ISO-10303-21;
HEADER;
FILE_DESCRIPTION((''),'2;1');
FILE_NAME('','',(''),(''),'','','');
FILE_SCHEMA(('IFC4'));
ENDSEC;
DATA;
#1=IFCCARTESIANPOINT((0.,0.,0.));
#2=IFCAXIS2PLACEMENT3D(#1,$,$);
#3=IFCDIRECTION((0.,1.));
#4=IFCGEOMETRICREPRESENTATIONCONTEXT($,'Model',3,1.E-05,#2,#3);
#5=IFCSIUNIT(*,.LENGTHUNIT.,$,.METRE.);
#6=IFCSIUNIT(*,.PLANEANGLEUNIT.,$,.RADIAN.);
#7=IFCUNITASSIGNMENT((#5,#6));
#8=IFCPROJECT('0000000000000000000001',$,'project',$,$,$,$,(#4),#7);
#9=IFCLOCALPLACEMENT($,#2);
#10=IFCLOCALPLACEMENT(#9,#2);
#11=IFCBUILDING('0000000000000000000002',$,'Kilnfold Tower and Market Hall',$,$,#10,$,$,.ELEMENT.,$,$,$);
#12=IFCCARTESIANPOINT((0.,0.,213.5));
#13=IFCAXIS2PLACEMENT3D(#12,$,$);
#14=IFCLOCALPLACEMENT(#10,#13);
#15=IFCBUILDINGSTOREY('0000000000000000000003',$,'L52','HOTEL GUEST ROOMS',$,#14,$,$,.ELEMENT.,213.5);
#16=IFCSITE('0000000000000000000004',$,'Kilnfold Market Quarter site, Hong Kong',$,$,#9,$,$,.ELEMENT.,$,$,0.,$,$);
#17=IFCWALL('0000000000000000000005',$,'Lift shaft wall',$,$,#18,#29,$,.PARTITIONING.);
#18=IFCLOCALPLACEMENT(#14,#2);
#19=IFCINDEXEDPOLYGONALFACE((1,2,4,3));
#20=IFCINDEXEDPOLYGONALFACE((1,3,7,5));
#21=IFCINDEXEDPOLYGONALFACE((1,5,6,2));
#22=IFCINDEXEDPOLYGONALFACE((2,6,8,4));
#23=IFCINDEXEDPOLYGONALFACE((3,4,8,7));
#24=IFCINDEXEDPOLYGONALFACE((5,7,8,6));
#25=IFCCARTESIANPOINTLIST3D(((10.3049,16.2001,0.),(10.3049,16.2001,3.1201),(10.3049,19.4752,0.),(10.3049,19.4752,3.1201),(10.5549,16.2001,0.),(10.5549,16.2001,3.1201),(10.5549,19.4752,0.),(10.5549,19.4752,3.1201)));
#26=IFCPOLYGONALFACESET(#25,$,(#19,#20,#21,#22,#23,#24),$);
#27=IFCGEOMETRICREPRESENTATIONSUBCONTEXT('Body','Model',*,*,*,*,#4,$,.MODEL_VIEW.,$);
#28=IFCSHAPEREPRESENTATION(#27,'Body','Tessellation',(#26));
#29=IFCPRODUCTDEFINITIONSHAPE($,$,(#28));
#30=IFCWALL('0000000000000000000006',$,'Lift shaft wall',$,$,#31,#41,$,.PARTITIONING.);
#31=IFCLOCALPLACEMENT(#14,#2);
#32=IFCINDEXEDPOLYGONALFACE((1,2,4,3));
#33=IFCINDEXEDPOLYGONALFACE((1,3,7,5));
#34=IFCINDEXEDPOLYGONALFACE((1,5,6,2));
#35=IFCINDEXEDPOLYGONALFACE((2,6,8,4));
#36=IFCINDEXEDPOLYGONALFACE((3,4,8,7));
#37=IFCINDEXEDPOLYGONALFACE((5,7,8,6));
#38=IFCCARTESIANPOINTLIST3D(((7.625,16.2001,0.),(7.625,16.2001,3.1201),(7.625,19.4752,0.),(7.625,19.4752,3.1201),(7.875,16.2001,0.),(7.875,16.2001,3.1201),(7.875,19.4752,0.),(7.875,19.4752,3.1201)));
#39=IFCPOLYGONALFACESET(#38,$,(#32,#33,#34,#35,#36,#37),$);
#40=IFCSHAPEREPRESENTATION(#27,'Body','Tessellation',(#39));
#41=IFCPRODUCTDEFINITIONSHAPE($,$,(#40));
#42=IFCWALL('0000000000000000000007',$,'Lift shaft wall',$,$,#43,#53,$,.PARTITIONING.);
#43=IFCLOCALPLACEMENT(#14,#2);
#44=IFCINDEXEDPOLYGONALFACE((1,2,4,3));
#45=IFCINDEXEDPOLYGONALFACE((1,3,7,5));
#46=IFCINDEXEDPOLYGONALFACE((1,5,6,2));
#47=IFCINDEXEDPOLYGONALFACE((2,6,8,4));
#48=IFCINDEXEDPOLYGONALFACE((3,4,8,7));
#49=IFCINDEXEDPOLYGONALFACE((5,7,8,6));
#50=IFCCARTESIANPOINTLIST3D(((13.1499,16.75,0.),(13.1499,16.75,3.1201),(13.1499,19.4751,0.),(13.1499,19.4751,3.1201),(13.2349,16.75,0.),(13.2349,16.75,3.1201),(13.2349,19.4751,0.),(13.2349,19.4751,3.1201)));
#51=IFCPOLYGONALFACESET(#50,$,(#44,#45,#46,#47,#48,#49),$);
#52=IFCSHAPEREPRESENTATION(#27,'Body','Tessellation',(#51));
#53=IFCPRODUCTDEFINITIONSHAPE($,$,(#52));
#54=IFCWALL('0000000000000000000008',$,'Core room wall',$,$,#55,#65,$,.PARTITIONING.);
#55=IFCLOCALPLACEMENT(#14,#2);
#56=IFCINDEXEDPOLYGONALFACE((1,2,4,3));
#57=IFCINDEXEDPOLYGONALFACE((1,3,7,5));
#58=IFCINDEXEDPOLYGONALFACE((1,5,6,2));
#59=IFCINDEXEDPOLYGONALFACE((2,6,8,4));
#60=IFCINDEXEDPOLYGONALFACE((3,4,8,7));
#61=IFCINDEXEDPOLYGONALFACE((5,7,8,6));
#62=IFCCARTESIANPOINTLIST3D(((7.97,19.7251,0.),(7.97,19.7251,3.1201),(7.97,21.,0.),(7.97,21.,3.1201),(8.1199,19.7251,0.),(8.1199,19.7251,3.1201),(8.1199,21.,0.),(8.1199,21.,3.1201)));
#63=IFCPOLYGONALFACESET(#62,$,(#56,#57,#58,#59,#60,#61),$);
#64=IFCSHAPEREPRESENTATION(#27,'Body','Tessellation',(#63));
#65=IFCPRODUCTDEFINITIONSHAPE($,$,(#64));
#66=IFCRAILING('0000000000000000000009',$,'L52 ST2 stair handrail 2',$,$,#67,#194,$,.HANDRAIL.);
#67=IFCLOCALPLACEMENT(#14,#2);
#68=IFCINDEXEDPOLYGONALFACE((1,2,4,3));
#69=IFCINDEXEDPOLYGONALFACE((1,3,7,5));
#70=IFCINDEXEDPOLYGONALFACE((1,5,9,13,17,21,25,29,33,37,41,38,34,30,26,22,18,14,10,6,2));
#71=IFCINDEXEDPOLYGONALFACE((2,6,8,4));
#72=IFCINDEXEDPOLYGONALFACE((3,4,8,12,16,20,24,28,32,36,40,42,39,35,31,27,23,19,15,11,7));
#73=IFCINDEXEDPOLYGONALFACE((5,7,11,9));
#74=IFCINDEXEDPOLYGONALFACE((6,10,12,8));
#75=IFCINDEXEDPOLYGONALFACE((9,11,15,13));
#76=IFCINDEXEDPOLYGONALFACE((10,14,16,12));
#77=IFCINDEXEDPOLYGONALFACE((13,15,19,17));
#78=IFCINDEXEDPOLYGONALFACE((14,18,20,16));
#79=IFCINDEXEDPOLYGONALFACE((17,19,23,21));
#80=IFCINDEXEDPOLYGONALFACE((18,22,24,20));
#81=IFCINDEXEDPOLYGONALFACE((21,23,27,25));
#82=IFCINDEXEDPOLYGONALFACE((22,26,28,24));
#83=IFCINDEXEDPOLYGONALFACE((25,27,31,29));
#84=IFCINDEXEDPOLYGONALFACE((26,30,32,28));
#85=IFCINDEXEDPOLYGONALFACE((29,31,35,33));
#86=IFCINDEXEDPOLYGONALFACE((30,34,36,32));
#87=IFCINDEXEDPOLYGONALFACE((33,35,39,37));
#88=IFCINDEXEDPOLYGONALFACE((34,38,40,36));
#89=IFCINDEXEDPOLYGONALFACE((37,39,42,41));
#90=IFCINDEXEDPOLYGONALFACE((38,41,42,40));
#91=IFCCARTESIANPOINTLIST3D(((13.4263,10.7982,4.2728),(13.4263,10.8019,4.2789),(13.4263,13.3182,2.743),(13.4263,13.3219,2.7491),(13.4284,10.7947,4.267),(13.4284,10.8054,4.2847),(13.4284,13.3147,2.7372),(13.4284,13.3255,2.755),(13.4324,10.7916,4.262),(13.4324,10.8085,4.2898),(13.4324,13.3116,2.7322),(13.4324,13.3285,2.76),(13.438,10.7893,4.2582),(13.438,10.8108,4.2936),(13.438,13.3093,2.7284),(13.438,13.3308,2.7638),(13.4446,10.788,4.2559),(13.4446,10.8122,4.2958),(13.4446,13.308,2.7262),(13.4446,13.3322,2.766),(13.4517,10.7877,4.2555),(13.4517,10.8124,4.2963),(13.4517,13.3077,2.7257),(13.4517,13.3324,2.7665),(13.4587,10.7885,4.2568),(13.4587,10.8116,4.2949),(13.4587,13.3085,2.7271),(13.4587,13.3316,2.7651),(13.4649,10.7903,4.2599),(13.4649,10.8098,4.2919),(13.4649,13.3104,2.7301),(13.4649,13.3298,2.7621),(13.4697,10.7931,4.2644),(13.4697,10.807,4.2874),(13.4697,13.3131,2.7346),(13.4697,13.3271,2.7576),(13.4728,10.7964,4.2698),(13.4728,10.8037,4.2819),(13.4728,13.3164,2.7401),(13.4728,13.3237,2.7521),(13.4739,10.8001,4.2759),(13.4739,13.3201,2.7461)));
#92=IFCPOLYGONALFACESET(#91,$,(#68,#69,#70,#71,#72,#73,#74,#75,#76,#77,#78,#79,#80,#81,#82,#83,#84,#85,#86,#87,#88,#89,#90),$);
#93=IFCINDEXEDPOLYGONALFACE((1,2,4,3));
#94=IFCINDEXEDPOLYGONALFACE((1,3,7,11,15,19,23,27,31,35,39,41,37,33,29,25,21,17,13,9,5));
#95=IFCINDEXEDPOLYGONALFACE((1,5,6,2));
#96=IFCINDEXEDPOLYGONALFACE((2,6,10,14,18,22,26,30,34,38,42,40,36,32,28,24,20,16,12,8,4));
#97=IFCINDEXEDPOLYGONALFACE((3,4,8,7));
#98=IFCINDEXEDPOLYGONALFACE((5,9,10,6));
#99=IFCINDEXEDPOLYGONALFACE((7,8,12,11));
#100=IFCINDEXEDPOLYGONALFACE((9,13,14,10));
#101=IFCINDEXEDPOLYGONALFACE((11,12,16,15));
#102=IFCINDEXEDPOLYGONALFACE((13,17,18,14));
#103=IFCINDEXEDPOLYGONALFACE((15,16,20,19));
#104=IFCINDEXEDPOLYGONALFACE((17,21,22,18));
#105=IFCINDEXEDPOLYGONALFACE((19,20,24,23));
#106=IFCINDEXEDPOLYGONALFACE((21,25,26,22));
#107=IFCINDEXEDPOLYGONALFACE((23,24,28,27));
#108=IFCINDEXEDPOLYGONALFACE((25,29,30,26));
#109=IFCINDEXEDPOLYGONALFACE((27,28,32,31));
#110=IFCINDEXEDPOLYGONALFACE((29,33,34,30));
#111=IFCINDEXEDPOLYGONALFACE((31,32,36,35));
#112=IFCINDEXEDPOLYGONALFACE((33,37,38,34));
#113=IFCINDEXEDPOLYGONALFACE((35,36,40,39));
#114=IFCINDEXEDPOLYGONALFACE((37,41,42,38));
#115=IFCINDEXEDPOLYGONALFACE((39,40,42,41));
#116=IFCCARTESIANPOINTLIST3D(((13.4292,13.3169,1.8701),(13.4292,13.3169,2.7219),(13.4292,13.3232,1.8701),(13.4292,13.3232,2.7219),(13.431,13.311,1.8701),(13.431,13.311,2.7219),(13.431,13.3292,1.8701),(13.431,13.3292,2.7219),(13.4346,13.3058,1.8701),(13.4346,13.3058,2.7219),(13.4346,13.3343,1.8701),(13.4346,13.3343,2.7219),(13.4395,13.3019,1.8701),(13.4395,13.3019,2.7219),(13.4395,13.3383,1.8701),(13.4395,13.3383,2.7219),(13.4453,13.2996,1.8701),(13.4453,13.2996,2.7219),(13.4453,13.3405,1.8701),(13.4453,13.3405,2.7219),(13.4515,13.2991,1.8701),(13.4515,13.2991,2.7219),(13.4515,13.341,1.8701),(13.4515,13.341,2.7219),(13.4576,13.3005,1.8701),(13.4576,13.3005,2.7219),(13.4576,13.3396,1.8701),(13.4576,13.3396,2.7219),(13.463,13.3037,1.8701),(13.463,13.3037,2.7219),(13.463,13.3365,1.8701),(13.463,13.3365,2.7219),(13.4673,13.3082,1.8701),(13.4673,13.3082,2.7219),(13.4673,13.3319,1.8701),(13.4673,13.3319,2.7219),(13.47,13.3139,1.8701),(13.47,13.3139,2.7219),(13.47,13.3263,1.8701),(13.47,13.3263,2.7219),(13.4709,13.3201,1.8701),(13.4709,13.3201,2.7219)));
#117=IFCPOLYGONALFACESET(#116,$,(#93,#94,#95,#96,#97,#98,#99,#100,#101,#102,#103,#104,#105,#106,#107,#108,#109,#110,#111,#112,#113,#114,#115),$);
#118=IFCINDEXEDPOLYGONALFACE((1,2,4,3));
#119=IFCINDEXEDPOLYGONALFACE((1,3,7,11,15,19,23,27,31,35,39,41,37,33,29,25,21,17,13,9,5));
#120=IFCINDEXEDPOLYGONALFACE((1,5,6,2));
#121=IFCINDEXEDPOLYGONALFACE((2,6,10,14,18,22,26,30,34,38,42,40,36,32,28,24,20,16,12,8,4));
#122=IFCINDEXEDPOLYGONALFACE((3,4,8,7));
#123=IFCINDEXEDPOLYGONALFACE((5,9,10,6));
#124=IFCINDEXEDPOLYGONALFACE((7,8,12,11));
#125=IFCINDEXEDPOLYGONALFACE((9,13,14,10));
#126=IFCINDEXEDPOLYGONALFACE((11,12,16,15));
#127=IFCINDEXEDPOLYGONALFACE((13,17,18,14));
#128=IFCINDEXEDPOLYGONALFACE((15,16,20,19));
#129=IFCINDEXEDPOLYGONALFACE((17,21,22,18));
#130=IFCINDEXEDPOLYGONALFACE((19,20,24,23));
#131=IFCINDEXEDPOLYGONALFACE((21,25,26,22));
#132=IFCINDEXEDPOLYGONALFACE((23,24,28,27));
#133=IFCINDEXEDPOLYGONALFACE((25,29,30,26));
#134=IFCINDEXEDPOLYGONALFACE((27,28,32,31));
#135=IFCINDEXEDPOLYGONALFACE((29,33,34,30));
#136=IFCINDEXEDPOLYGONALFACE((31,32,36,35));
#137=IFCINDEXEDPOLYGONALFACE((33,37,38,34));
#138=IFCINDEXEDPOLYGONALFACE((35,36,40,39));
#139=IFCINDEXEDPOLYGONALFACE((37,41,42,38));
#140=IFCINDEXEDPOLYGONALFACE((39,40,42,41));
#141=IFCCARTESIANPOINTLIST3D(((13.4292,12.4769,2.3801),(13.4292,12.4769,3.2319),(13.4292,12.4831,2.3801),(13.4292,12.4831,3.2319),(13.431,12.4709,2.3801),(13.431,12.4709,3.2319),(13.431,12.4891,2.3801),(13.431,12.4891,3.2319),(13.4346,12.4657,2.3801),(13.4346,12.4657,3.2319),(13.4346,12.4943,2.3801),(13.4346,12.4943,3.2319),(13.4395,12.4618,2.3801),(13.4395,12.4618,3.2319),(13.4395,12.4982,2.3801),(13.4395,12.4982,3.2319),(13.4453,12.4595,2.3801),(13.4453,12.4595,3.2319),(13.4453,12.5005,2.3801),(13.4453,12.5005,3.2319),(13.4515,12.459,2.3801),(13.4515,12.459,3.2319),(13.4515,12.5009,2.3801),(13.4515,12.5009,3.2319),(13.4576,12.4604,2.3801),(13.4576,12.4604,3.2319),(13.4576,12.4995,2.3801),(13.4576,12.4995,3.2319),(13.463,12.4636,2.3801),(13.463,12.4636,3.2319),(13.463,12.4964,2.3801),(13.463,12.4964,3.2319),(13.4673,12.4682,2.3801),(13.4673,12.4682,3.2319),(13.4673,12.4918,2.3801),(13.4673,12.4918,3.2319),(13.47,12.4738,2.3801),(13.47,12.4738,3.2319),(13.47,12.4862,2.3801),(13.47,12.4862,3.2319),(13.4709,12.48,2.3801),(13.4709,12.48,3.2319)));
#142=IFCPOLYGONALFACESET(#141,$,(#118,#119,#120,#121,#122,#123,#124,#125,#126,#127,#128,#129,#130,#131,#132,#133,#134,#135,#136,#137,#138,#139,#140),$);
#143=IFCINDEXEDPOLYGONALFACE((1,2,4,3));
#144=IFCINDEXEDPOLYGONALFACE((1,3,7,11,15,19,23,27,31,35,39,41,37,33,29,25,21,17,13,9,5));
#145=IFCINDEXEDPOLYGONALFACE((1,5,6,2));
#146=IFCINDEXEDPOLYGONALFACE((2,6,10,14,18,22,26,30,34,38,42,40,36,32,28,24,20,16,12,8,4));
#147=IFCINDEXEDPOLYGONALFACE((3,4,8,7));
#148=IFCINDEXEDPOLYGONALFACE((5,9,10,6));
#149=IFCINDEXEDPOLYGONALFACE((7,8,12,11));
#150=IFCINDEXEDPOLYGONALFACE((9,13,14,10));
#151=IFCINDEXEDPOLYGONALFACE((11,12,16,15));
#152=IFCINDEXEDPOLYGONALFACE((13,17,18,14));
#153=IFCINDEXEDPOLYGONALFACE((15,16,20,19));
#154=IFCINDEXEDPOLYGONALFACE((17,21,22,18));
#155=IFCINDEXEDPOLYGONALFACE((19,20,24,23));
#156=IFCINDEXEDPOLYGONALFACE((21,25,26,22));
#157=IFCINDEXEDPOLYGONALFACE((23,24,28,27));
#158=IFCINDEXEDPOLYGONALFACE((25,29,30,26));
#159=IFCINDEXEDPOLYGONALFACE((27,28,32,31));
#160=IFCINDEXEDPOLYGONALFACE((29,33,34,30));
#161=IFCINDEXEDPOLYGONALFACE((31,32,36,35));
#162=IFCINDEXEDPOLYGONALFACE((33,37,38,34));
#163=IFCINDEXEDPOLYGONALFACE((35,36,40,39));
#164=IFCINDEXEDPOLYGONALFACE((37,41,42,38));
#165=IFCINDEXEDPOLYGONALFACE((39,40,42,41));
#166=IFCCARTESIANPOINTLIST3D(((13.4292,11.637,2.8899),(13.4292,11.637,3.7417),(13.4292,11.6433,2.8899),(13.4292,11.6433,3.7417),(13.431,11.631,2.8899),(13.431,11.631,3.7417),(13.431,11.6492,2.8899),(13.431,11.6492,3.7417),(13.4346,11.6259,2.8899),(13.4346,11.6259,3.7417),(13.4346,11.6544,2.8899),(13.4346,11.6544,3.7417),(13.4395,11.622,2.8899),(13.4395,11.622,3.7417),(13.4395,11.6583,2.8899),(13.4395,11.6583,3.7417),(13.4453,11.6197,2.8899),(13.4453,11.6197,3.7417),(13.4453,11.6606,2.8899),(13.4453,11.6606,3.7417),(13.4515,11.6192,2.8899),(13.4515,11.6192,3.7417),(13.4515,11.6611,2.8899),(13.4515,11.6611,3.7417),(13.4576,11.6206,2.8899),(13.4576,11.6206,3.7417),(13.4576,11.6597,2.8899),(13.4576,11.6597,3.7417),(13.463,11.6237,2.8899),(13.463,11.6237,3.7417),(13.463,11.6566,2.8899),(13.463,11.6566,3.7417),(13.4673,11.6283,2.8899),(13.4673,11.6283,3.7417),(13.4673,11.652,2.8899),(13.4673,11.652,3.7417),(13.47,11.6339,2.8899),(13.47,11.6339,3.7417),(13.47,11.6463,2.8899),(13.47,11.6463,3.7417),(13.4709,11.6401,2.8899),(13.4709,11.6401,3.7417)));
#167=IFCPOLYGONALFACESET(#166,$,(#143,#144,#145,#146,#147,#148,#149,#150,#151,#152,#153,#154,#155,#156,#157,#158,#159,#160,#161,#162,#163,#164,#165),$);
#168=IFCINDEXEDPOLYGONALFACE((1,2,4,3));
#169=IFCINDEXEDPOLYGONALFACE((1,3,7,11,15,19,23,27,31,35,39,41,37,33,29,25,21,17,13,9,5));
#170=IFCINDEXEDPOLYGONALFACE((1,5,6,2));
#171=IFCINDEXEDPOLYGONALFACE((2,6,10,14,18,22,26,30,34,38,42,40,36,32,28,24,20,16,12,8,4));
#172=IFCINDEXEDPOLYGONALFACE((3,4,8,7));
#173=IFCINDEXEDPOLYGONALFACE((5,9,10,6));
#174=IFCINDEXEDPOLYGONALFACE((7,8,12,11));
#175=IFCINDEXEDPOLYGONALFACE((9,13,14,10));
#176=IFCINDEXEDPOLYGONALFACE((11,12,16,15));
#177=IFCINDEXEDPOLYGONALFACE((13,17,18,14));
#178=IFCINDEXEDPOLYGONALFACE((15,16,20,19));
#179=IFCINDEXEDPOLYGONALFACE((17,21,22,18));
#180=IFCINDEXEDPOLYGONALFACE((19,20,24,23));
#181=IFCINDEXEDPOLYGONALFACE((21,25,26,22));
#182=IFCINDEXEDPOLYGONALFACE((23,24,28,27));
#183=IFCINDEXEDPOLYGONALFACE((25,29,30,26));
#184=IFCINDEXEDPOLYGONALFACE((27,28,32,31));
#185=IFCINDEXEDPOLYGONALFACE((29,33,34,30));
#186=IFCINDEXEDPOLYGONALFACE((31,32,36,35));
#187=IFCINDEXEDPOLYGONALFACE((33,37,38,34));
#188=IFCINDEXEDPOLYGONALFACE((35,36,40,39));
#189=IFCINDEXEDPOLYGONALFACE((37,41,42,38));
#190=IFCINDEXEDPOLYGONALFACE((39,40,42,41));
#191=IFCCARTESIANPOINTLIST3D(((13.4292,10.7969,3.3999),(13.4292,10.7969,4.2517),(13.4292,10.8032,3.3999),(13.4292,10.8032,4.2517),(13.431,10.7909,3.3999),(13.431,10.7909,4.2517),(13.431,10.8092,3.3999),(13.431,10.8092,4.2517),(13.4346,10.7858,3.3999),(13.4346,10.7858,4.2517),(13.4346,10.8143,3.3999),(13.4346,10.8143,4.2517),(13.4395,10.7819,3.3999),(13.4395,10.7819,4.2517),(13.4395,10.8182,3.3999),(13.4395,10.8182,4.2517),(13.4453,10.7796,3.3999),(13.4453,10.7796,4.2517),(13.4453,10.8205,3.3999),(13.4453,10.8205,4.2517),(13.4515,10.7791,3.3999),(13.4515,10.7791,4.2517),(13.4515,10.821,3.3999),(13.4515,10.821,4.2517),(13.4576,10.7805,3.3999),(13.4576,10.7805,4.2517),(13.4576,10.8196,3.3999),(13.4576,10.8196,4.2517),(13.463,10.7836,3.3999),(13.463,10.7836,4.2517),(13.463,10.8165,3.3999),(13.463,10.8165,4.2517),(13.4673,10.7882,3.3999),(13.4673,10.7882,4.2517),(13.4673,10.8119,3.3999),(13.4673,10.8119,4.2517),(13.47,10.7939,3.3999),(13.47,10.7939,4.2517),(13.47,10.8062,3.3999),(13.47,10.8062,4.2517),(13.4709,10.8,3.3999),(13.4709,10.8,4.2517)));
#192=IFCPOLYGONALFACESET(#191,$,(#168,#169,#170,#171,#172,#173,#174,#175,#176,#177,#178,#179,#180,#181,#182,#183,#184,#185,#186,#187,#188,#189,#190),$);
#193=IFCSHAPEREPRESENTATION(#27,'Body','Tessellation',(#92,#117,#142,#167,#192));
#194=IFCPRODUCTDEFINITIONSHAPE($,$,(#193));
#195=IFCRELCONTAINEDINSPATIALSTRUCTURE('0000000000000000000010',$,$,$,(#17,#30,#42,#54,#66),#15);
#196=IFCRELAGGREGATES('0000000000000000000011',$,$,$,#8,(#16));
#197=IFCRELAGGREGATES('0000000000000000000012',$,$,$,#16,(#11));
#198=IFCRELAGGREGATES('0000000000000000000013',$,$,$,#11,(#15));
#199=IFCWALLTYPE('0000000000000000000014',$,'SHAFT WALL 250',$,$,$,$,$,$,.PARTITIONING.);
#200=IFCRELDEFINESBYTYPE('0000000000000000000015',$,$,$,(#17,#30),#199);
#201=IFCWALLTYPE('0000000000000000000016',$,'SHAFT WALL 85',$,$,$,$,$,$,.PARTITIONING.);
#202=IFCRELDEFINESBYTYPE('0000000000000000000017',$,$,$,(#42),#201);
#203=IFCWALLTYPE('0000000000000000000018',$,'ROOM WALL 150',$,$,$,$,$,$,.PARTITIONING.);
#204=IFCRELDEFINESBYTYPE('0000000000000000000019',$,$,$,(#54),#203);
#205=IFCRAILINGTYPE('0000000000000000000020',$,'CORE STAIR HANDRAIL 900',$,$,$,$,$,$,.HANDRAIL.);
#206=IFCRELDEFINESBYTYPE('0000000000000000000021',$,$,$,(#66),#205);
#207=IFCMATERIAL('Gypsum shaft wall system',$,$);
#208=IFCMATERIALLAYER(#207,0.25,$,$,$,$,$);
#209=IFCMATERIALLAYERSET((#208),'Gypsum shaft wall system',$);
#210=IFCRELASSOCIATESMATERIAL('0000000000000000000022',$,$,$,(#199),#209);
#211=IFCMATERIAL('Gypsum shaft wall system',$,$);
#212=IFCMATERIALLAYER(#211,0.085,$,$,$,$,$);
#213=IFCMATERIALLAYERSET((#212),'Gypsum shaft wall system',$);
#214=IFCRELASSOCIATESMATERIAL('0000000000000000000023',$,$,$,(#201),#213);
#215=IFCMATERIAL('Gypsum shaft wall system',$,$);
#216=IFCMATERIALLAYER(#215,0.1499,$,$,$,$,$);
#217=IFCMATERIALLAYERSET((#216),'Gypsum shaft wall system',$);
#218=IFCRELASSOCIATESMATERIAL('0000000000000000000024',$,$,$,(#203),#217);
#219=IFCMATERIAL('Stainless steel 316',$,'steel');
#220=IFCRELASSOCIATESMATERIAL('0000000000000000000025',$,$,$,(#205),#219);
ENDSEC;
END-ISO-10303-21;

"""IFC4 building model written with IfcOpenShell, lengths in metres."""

from ifc_helpers import new_model, si_unit, direction, frame, frame_2d, origin, origin_2d, place, context, subcontext, project, spatial, rectangle, circle, extrude, source, transform, mapped, material, layer, layer_set, type_object, element, save


model = new_model("IFC4")

# Units and contexts
model_context = context("Model", 3, precision=1e-05, world=origin(), true_north=direction((0.0, 1.0)))
body_context = subcontext(model_context, "Body", "Model", "MODEL_VIEW")
ifc_project = project(units=[si_unit("LENGTHUNIT", "METRE"), si_unit("PLANEANGLEUNIT", "RADIAN")], contexts=[model_context])

# Site, building, storey
site_placement = place(None, origin())
site = spatial("IfcSite", under=ifc_project, at=site_placement, Name="Kilnfold Market Quarter site, Hong Kong", CompositionType="ELEMENT", RefElevation=0.0)
building_placement = place(site_placement, origin())
building = spatial("IfcBuilding", under=site, at=building_placement, Name="Kilnfold Tower and Market Hall", CompositionType="ELEMENT")
storey_placement = place(building_placement, frame((0.0, 0.0, 213.5)))
storey = spatial("IfcBuildingStorey", under=building, at=storey_placement, Name="L52", Description="HOTEL GUEST ROOMS", CompositionType="ELEMENT", Elevation=213.5)

# Walls
ifc_material_1 = material(Name="Gypsum shaft wall system")
ifc_layer_1 = layer(ifc_material_1, 0.25)
ifc_layer_set_1 = layer_set([ifc_layer_1], Name="Gypsum shaft wall system")
wall_type_1 = type_object("IfcWallType", Name="SHAFT WALL 250", PredefinedType="PARTITIONING", material=ifc_layer_set_1)
shared_shape_1 = source(origin(), body_context, "Body", "SweptSolid", [
    extrude(rectangle(XDim=3.2751, YDim=0.25, at=frame_2d((1.6377, 0.0))), origin(), (0.0, 0.0, 1.0), 3.1201),
])
for number, where, z_axis, x_axis, name in (
    (1, (10.4299, 16.2, 0.0), (0.0, 0.0, 1.0), (0.0, 1.0, 0.0), "Lift shaft wall"),
    (2, (7.75, 16.2, 0.0), (0.0, 0.0, 1.0), (0.0, 1.0, 0.0), "Lift shaft wall"),
):
    element("IfcWall", number, at=place(storey_placement, frame(where, z_axis=z_axis, x_axis=x_axis)), inside=storey, type_object=wall_type_1, Name=name, PredefinedType="PARTITIONING", context=body_context, shape_type="MappedRepresentation", body=[
        mapped(shared_shape_1, transform((0.0, 0.0, 0.0))),
    ])
ifc_material_2 = material(Name="Gypsum shaft wall system")
ifc_layer_2 = layer(ifc_material_2, 0.085)
ifc_layer_set_2 = layer_set([ifc_layer_2], Name="Gypsum shaft wall system")
wall_type_2 = type_object("IfcWallType", Name="SHAFT WALL 85", PredefinedType="PARTITIONING", material=ifc_layer_set_2)
shared_shape_2 = source(origin(), body_context, "Body", "SweptSolid", [
    extrude(rectangle(XDim=2.7251, YDim=0.085, at=frame_2d((1.3625, 0.0))), origin(), (0.0, 0.0, 1.0), 3.1201),
])
wall_1_placement = place(storey_placement, frame((13.1924, 16.75, 0.0), z_axis=(0.0, 0.0, 1.0), x_axis=(0.0, 1.0, 0.0)))
element("IfcWall", 3, at=wall_1_placement, inside=storey, type_object=wall_type_2, Name="Lift shaft wall", PredefinedType="PARTITIONING", context=body_context, shape_type="MappedRepresentation", body=[
    mapped(shared_shape_2, transform((0.0, 0.0, 0.0))),
])
ifc_material_3 = material(Name="Gypsum shaft wall system")
ifc_layer_3 = layer(ifc_material_3, 0.1499)
ifc_layer_set_3 = layer_set([ifc_layer_3], Name="Gypsum shaft wall system")
wall_type_3 = type_object("IfcWallType", Name="ROOM WALL 150", PredefinedType="PARTITIONING", material=ifc_layer_set_3)
shared_shape_3 = source(origin(), body_context, "Body", "SweptSolid", [
    extrude(rectangle(XDim=1.2749, YDim=0.1499, at=frame_2d((0.6375, 0.0))), origin(), (0.0, 0.0, 1.0), 3.1201),
])
wall_2_placement = place(storey_placement, frame((8.0449, 19.7251, 0.0), z_axis=(0.0, 0.0, 1.0), x_axis=(0.0, 1.0, 0.0)))
element("IfcWall", 4, at=wall_2_placement, inside=storey, type_object=wall_type_3, Name="Core room wall", PredefinedType="PARTITIONING", context=body_context, shape_type="MappedRepresentation", body=[
    mapped(shared_shape_3, transform((0.0, 0.0, 0.0))),
])

# Railing
ifc_material_4 = material(Name="Stainless steel 316", Category="steel")
railing_type = type_object("IfcRailingType", Name="CORE STAIR HANDRAIL 900", PredefinedType="HANDRAIL", material=ifc_material_4)
railing_placement = place(storey_placement, frame((13.45, 13.3201, 1.8701)))
element("IfcRailing", 5, at=railing_placement, inside=storey, type_object=railing_type, Name="L52 ST2 stair handrail 2", PredefinedType="HANDRAIL", context=body_context, shape_type="SweptSolid", body=[
    extrude(circle(Radius=0.0239, at=origin_2d()), frame((0.0, 0.0, 0.876), z_axis=(0.0, -0.854822, 0.518922), x_axis=(1.0, 0.0, 0.0)), (0.0, 0.0, 1.0), 2.948),
    extrude(circle(Radius=0.021, at=origin_2d()), origin(), (0.0, 0.0, 1.0), 0.8518),
    extrude(circle(Radius=0.021, at=origin_2d()), frame((0.0, -0.8401, 0.51)), (0.0, 0.0, 1.0), 0.8518),
    extrude(circle(Radius=0.021, at=origin_2d()), frame((0.0, -1.6799, 1.0198)), (0.0, 0.0, 1.0), 0.8518),
    extrude(circle(Radius=0.021, at=origin_2d()), frame((0.0, -2.52, 1.5298)), (0.0, 0.0, 1.0), 0.8518),
])

save(model, "model.ifc")
